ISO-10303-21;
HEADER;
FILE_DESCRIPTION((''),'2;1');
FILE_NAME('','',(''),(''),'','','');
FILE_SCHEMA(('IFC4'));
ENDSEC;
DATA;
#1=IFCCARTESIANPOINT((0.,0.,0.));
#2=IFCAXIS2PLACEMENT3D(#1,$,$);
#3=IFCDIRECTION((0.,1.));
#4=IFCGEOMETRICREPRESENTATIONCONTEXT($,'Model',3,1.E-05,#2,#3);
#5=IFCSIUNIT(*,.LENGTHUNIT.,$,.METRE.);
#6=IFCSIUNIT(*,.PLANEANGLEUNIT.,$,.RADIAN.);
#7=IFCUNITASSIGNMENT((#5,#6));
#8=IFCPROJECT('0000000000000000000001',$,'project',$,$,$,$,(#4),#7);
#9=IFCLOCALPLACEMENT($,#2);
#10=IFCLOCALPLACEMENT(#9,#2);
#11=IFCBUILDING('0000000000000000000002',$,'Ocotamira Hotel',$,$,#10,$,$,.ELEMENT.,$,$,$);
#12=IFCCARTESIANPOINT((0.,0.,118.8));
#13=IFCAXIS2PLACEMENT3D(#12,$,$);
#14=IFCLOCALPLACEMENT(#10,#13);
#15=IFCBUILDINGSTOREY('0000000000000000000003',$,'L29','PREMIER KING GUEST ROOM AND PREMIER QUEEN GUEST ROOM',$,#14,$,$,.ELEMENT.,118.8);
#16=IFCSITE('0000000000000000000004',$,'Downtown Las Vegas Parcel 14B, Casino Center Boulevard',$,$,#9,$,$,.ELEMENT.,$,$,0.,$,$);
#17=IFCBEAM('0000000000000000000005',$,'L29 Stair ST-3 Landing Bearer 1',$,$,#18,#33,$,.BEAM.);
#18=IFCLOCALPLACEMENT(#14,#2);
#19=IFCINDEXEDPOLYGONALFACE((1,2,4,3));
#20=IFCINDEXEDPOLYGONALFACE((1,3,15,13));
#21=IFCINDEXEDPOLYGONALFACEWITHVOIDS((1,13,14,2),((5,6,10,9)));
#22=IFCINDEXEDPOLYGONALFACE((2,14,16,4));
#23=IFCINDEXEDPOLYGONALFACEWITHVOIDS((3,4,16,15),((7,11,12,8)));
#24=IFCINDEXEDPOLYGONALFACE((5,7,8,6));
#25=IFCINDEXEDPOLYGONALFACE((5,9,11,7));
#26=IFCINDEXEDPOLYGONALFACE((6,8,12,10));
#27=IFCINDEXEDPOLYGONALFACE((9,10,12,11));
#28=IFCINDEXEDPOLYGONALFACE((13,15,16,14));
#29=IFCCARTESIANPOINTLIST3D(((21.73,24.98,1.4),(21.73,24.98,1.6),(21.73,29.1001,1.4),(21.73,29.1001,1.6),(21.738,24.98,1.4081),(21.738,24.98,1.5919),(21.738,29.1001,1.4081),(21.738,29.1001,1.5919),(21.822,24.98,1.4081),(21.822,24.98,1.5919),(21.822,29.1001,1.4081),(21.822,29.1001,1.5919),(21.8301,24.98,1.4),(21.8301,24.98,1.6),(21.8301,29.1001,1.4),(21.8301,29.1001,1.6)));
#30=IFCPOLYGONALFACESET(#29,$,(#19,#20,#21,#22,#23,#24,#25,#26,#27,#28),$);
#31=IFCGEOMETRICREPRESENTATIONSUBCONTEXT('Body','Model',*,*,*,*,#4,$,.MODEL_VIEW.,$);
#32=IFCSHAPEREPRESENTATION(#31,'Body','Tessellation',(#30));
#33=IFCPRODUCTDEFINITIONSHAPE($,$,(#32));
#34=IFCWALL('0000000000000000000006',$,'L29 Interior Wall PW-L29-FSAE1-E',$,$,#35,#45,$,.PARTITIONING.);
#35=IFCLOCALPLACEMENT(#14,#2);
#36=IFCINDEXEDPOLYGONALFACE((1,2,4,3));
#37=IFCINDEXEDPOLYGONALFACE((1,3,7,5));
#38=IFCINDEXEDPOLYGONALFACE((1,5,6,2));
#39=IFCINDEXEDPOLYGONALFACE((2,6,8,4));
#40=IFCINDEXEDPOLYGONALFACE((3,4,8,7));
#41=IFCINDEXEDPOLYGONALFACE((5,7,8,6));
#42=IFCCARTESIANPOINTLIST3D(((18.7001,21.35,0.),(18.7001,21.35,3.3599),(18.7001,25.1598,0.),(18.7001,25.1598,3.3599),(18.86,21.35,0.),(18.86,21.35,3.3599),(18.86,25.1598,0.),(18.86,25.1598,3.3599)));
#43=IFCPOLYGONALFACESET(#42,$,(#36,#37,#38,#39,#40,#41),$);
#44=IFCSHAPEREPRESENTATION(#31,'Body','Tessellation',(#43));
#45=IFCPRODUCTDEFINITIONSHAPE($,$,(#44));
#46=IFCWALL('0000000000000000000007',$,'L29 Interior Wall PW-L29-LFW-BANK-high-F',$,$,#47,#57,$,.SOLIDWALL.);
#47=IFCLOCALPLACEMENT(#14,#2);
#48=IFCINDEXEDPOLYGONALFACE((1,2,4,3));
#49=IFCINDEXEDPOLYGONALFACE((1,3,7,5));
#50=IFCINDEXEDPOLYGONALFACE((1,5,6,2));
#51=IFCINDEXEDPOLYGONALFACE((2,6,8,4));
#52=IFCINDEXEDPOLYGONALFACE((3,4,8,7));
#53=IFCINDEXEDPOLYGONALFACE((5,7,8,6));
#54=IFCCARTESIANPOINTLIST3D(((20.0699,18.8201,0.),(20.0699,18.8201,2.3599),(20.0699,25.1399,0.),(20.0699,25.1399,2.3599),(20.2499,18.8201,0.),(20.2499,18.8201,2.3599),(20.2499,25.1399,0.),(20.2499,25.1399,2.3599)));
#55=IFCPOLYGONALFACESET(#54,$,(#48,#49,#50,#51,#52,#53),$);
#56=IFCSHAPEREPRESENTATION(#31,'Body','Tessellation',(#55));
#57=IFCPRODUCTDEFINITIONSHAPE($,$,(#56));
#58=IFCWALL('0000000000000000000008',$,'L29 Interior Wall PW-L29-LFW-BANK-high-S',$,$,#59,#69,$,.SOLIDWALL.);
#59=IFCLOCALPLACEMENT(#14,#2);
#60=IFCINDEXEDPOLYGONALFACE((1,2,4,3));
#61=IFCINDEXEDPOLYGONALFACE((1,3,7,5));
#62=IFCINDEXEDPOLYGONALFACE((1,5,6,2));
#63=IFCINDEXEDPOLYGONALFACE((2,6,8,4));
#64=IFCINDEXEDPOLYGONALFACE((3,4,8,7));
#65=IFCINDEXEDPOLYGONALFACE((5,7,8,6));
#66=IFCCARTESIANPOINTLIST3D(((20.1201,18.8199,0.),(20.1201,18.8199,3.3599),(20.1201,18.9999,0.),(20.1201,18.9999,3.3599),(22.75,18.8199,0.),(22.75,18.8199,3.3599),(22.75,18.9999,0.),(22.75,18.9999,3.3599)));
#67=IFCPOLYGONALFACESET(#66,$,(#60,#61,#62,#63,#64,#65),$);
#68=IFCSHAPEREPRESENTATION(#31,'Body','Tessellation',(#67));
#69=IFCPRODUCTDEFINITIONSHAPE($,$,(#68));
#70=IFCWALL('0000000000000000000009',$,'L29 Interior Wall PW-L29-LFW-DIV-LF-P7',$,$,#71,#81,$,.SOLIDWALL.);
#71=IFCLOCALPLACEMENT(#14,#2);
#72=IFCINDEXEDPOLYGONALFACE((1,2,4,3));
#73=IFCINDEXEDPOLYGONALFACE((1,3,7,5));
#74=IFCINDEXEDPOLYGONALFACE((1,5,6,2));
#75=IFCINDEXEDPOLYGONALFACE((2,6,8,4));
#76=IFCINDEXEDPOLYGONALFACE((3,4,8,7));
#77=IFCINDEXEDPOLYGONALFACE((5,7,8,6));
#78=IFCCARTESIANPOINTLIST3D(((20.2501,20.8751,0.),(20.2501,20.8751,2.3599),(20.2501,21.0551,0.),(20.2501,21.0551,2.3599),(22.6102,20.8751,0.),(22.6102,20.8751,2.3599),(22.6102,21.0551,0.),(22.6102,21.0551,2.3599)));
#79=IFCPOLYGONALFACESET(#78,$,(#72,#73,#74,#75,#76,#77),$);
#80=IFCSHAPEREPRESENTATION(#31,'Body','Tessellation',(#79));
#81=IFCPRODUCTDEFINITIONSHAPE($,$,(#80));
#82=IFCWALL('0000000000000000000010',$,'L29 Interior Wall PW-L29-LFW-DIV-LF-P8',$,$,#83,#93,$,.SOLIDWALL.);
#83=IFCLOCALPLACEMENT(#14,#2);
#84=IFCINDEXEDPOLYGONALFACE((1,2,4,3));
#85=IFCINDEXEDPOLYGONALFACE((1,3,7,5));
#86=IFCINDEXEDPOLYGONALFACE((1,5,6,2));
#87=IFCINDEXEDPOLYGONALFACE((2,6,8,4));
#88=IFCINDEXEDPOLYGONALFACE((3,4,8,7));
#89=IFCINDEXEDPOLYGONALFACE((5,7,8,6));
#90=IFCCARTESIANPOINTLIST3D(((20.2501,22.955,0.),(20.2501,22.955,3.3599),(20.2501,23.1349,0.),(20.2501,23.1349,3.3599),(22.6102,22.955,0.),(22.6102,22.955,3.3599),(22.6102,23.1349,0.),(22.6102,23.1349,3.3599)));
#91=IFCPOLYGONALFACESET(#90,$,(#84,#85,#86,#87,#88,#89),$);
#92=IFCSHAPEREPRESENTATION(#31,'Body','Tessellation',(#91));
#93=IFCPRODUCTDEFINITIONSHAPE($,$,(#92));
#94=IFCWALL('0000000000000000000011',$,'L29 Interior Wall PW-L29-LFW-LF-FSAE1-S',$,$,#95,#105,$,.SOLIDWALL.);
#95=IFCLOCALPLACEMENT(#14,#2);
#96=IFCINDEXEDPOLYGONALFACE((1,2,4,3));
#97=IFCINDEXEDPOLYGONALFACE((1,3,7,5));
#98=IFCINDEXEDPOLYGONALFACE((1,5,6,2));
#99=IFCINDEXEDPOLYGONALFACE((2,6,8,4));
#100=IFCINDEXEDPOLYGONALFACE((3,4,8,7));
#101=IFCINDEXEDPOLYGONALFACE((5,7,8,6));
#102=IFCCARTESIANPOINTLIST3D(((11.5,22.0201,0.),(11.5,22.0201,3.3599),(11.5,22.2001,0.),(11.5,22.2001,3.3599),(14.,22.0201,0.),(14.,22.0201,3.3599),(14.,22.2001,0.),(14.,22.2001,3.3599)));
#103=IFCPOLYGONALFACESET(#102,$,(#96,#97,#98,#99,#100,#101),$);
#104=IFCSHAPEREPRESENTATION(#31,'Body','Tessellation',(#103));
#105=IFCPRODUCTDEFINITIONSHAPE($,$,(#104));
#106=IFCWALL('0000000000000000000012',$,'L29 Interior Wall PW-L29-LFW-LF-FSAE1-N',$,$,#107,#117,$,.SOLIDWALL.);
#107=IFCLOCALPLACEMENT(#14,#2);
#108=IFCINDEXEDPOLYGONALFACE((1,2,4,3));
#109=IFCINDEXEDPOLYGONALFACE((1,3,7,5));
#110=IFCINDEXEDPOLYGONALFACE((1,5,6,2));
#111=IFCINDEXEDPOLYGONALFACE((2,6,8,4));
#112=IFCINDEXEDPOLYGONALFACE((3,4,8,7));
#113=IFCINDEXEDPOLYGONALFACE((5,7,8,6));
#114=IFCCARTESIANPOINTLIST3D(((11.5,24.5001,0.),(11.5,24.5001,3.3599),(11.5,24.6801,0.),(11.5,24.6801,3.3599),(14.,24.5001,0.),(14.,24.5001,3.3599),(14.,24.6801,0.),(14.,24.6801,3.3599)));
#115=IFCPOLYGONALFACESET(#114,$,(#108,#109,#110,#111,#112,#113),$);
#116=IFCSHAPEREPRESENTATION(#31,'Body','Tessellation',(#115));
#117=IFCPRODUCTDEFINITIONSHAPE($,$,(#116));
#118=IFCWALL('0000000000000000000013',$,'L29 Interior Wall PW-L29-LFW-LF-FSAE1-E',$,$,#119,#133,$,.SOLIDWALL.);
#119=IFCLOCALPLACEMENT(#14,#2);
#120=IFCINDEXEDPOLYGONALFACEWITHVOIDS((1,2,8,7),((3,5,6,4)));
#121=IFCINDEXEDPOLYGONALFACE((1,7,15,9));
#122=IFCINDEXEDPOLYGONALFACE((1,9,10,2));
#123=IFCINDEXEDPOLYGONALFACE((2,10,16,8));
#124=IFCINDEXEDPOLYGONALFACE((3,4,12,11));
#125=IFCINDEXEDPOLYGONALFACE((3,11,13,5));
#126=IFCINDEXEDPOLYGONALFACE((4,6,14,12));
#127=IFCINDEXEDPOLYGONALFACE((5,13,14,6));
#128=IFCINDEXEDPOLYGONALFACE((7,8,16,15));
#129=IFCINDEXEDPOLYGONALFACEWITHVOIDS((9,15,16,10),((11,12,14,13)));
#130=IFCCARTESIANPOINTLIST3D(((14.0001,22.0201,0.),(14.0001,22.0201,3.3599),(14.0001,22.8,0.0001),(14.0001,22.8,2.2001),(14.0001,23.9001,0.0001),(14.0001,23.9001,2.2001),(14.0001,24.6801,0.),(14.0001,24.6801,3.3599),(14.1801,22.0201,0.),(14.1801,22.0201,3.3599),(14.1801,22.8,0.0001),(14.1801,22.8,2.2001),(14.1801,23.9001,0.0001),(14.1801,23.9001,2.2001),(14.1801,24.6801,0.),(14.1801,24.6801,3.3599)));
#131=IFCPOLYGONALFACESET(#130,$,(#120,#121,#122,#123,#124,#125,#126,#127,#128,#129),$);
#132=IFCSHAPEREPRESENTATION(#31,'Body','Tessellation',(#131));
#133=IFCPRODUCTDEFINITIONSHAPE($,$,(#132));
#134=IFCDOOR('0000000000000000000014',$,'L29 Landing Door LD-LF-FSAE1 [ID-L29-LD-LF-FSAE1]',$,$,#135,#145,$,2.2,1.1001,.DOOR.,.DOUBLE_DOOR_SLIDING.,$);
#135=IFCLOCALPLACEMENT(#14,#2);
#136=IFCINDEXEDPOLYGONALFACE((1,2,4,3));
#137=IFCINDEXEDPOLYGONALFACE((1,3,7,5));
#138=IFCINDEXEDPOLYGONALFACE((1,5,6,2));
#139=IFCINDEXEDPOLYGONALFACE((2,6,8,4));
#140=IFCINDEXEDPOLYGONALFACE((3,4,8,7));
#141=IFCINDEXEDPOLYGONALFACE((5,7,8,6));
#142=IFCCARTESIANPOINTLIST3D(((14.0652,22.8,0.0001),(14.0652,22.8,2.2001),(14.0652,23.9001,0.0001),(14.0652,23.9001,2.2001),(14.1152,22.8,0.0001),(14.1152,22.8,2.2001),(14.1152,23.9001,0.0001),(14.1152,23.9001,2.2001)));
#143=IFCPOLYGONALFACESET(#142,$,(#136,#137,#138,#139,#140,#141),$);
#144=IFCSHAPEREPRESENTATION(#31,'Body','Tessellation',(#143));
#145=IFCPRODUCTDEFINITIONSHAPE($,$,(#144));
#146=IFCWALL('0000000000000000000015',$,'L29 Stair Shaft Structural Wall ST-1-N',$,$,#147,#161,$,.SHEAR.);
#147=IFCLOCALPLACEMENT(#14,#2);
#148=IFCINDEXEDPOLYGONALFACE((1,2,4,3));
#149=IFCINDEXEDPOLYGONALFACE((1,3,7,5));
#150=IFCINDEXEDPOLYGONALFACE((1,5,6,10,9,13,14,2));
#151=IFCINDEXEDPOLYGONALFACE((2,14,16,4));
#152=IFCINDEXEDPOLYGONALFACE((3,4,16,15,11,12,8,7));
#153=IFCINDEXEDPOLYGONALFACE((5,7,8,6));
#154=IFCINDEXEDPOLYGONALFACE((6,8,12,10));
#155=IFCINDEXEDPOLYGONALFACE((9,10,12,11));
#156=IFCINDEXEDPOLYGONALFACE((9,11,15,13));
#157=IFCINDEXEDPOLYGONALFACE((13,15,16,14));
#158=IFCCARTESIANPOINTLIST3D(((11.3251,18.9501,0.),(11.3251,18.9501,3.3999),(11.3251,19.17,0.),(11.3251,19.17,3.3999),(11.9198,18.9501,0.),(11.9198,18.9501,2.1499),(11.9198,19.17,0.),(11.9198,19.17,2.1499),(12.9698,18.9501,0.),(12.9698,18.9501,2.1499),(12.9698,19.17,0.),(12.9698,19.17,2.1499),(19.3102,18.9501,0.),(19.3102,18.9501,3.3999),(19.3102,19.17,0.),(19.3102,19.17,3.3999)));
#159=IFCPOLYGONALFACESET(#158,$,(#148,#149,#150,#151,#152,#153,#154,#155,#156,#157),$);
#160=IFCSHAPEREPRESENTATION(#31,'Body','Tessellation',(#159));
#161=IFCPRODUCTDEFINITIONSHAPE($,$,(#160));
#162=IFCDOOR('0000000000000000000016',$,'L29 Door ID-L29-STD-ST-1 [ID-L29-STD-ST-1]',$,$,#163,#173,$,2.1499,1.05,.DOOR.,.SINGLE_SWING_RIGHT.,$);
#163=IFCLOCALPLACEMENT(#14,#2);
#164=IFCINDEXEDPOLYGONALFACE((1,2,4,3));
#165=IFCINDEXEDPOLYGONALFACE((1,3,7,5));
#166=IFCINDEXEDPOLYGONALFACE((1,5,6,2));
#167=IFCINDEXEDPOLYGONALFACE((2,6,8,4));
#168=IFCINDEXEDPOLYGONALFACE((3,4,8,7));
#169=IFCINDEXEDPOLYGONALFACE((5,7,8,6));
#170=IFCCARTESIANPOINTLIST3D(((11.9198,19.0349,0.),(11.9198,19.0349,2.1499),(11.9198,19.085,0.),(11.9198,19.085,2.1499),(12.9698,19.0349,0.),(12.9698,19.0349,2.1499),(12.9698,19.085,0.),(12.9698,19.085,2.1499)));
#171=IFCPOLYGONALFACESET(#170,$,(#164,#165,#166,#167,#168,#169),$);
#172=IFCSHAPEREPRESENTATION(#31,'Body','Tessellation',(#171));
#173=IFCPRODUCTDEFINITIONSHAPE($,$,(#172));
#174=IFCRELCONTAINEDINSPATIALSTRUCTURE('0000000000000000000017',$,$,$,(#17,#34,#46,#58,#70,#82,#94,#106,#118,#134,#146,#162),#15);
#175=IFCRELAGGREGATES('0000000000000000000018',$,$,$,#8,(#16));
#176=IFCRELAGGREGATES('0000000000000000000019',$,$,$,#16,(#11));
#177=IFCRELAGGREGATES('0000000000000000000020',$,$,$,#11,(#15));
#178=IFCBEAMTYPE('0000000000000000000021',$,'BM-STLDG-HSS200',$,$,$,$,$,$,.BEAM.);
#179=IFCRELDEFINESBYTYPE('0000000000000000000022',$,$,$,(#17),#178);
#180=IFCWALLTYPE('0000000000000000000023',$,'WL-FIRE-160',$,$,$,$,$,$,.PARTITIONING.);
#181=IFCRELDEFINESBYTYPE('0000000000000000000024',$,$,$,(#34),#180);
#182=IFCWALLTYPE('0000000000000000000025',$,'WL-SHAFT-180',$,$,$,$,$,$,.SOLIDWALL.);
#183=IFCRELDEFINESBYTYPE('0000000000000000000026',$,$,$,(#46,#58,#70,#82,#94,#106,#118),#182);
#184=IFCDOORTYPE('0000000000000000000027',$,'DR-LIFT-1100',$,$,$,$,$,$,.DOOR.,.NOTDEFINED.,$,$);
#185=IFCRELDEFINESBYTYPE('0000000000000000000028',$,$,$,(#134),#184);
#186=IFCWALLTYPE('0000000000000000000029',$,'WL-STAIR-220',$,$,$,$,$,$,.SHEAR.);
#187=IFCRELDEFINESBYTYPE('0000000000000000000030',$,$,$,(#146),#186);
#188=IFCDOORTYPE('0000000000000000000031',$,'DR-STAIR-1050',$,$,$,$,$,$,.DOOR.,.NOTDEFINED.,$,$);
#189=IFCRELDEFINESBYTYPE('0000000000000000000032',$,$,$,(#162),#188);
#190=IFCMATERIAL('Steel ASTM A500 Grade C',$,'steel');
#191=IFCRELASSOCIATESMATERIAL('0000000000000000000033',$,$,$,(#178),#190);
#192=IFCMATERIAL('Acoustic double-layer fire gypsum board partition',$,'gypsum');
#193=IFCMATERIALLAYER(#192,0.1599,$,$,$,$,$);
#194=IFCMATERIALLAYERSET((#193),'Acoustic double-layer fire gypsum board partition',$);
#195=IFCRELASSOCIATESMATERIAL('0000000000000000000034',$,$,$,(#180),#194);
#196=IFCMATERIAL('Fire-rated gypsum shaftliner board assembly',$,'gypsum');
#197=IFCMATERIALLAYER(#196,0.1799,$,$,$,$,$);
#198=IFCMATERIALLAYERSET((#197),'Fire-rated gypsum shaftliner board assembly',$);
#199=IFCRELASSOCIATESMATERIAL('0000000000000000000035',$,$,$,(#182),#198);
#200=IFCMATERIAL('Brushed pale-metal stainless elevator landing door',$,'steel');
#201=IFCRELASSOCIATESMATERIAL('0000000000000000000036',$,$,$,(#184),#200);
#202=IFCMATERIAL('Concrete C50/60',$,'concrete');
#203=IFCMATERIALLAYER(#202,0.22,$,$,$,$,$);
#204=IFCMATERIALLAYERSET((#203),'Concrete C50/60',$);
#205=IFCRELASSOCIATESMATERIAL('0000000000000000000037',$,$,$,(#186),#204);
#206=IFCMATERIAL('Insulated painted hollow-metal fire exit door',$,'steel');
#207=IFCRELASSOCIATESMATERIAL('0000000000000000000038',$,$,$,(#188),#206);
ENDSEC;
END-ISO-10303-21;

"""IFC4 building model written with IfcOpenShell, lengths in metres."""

from ifc_helpers import new_model, si_unit, direction, frame, frame_2d, origin, origin_2d, place, context, subcontext, project, spatial, rectangle, hollow_rectangle, extrude, source, transform, mapped, material, layer, layer_set, material_profile, profile_set, type_object, element, fill, save


model = new_model("IFC4")

# Units and contexts
model_context = context("Model", 3, precision=1e-05, world=origin(), true_north=direction((0.0, 1.0)))
body_context = subcontext(model_context, "Body", "Model", "MODEL_VIEW")
ifc_project = project(units=[si_unit("LENGTHUNIT", "METRE"), si_unit("PLANEANGLEUNIT", "RADIAN")], contexts=[model_context])

# Site, building, storey
site_placement = place(None, origin())
site = spatial("IfcSite", under=ifc_project, at=site_placement, Name="Downtown Las Vegas Parcel 14B, Casino Center Boulevard", CompositionType="ELEMENT", RefElevation=0.0)
building_placement = place(site_placement, origin())
building = spatial("IfcBuilding", under=site, at=building_placement, Name="Ocotamira Hotel", CompositionType="ELEMENT")
storey_placement = place(building_placement, frame((0.0, 0.0, 118.8)))
storey = spatial("IfcBuildingStorey", under=building, at=storey_placement, Name="L29", Description="PREMIER KING GUEST ROOM AND PREMIER QUEEN GUEST ROOM", CompositionType="ELEMENT", Elevation=118.8)

# Beam
ifc_material_1 = material(Name="Steel ASTM A500 Grade C", Category="steel")
ifc_material_profile = material_profile(ifc_material_1, hollow_rectangle(XDim=0.1001, YDim=0.2, WallThickness=0.0081, at=origin_2d()), Name="HSS200X100X8")
ifc_profile_set = profile_set([ifc_material_profile], Name="Steel ASTM A500 Grade C")
beam_type = type_object("IfcBeamType", Name="BM-STLDG-HSS200", PredefinedType="BEAM", material=ifc_profile_set)
shared_shape_1 = source(origin(), body_context, "Body", "SweptSolid", [
    extrude(hollow_rectangle(XDim=0.1001, YDim=0.2, WallThickness=0.0081, at=origin_2d()), origin(), (0.0, 0.0, 1.0), 4.1201),
])
beam_placement = place(storey_placement, frame((21.78, 24.98, 1.5), z_axis=(0.0, 1.0, 0.0), x_axis=(-1.0, 0.0, 0.0)))
element("IfcBeam", 1, at=beam_placement, inside=storey, type_object=beam_type, Name="L29 Stair ST-3 Landing Bearer 1", PredefinedType="BEAM", context=body_context, shape_type="MappedRepresentation", body=[
    mapped(shared_shape_1, transform((0.0, 0.0, 0.0), scale=1.0)),
])

# Shared definitions
ifc_material_2 = material(Name="Acoustic double-layer fire gypsum board partition", Category="gypsum")
ifc_layer_1 = layer(ifc_material_2, 0.1599)
ifc_layer_set_1 = layer_set([ifc_layer_1], Name="Acoustic double-layer fire gypsum board partition")
wall_type_1 = type_object("IfcWallType", Name="WL-FIRE-160", PredefinedType="PARTITIONING", material=ifc_layer_set_1)

# Walls
wall_1_placement = place(storey_placement, frame((18.78, 21.3501, 0.0), z_axis=(0.0, 0.0, 1.0), x_axis=(0.0, 1.0, 0.0)))
element("IfcWall", 2, at=wall_1_placement, inside=storey, type_object=wall_type_1, Name="L29 Interior Wall PW-L29-FSAE1-E", PredefinedType="PARTITIONING", context=body_context, shape_type="SweptSolid", body=[
    extrude(rectangle(XDim=3.8098, YDim=0.1599, at=frame_2d((1.9048, 0.0))), origin(), (0.0, 0.0, 1.0), 3.3599),
])
ifc_material_3 = material(Name="Fire-rated gypsum shaftliner board assembly", Category="gypsum")
ifc_layer_2 = layer(ifc_material_3, 0.1799)
ifc_layer_set_2 = layer_set([ifc_layer_2], Name="Fire-rated gypsum shaftliner board assembly")
wall_type_2 = type_object("IfcWallType", Name="WL-SHAFT-180", PredefinedType="SOLIDWALL", material=ifc_layer_set_2)
wall_2_placement = place(storey_placement, frame((20.1599, 18.8201, 0.0), z_axis=(0.0, 0.0, 1.0), x_axis=(0.0, 1.0, 0.0)))
element("IfcWall", 3, at=wall_2_placement, inside=storey, type_object=wall_type_2, Name="L29 Interior Wall PW-L29-LFW-BANK-high-F", PredefinedType="SOLIDWALL", context=body_context, shape_type="SweptSolid", body=[
    extrude(rectangle(XDim=6.3198, YDim=0.1799, at=frame_2d((3.1599, 0.0))), origin(), (0.0, 0.0, 1.0), 2.3599),
])
wall_3_placement = place(storey_placement, frame((20.1201, 18.9099, 0.0), z_axis=(0.0, 0.0, 1.0), x_axis=(1.0, 0.0, 0.0)))
element("IfcWall", 4, at=wall_3_placement, inside=storey, type_object=wall_type_2, Name="L29 Interior Wall PW-L29-LFW-BANK-high-S", PredefinedType="SOLIDWALL", context=body_context, shape_type="SweptSolid", body=[
    extrude(rectangle(XDim=2.6299, YDim=0.1799, at=frame_2d((1.3149, 0.0))), origin(), (0.0, 0.0, 1.0), 3.3599),
])
wall_4_placement = place(storey_placement, frame((20.25, 20.9651, 0.0), z_axis=(0.0, 0.0, 1.0), x_axis=(1.0, 0.0, 0.0)))
element("IfcWall", 5, at=wall_4_placement, inside=storey, type_object=wall_type_2, Name="L29 Interior Wall PW-L29-LFW-DIV-LF-P7", PredefinedType="SOLIDWALL", context=body_context, shape_type="SweptSolid", body=[
    extrude(rectangle(XDim=2.3601, YDim=0.1799, at=frame_2d((1.1802, 0.0))), origin(), (0.0, 0.0, 1.0), 2.3599),
])
wall_5_placement = place(storey_placement, frame((20.25, 23.0449, 0.0), z_axis=(0.0, 0.0, 1.0), x_axis=(1.0, 0.0, 0.0)))
element("IfcWall", 6, at=wall_5_placement, inside=storey, type_object=wall_type_2, Name="L29 Interior Wall PW-L29-LFW-DIV-LF-P8", PredefinedType="SOLIDWALL", context=body_context, shape_type="SweptSolid", body=[
    extrude(rectangle(XDim=2.3601, YDim=0.1799, at=frame_2d((1.1802, 0.0))), origin(), (0.0, 0.0, 1.0), 3.3599),
])
for number, where, z_axis, x_axis, name in (
    (7, (11.5, 22.1101, 0.0), (0.0, 0.0, 1.0), (1.0, 0.0, 0.0), "L29 Interior Wall PW-L29-LFW-LF-FSAE1-S"),
    (8, (11.5, 24.5901, 0.0), (0.0, 0.0, 1.0), (1.0, 0.0, 0.0), "L29 Interior Wall PW-L29-LFW-LF-FSAE1-N"),
):
    element("IfcWall", number, at=place(storey_placement, frame(where, z_axis=z_axis, x_axis=x_axis)), inside=storey, type_object=wall_type_2, Name=name, PredefinedType="SOLIDWALL", context=body_context, shape_type="SweptSolid", body=[
        extrude(rectangle(XDim=2.5, YDim=0.1799, at=frame_2d((1.25, 0.0))), origin(), (0.0, 0.0, 1.0), 3.3599),
    ])

# Walls, openings, doors
wall_6_placement = place(storey_placement, frame((14.0901, 22.02, 0.0), z_axis=(0.0, 0.0, 1.0), x_axis=(0.0, 1.0, 0.0)))
wall_6 = element("IfcWall", 9, at=wall_6_placement, inside=storey, type_object=wall_type_2, Name="L29 Interior Wall PW-L29-LFW-LF-FSAE1-E", PredefinedType="SOLIDWALL", context=body_context, shape_type="SweptSolid", body=[
    extrude(rectangle(XDim=2.6599, YDim=0.1799, at=frame_2d((1.3301, 0.0))), origin(), (0.0, 0.0, 1.0), 3.3599),
])
opening_1_placement = place(wall_6_placement, frame((0.78, 0.0, 0.0)))
opening_1 = element("IfcOpeningElement", 10, at=opening_1_placement, cuts=wall_6, PredefinedType="OPENING", context=body_context, shape_type="SweptSolid", body=[
    extrude(rectangle(XDim=1.1001, YDim=2.2, at=frame_2d((0.55, 1.1001))), frame((0.0, 0.1001, 0.0), z_axis=(0.0, -1.0, 0.0), x_axis=(1.0, 0.0, 0.0)), (0.0, 0.0, 1.0), 0.2),
])
ifc_material_4 = material(Name="Brushed pale-metal stainless elevator landing door", Category="steel")
door_type_1 = type_object("IfcDoorType", Name="DR-LIFT-1100", OperationType="NOTDEFINED", PredefinedType="DOOR", material=ifc_material_4)
shared_shape_2 = source(origin(), body_context, "Body", "SweptSolid", [
    extrude(rectangle(XDim=1.1001, YDim=2.2, at=frame_2d((0.55, 1.1001))), frame((0.0, 0.0249, 0.0), z_axis=(0.0, -1.0, 0.0), x_axis=(1.0, 0.0, 0.0)), (0.0, 0.0, 1.0), 0.05),
])
door_1_placement = place(opening_1_placement, origin())
door_1 = element("IfcDoor", 11, at=door_1_placement, inside=storey, type_object=door_type_1, Name="L29 Landing Door LD-LF-FSAE1 [ID-L29-LD-LF-FSAE1]", OperationType="DOUBLE_DOOR_SLIDING", OverallHeight=2.2, OverallWidth=1.1001, PredefinedType="DOOR", context=body_context, shape_type="MappedRepresentation", body=[
    mapped(shared_shape_2, transform((0.0, 0.0, 0.0), scale=1.0)),
])
fill(opening_1, door_1)
ifc_material_5 = material(Name="Concrete C50/60", Category="concrete")
ifc_layer_3 = layer(ifc_material_5, 0.22)
ifc_layer_set_3 = layer_set([ifc_layer_3], Name="Concrete C50/60")
wall_type_3 = type_object("IfcWallType", Name="WL-STAIR-220", PredefinedType="SHEAR", material=ifc_layer_set_3)
wall_7_placement = place(storey_placement, frame((11.325, 19.0601, 0.0), z_axis=(0.0, 0.0, 1.0), x_axis=(1.0, 0.0, 0.0)))
wall_7 = element("IfcWall", 12, at=wall_7_placement, inside=storey, type_object=wall_type_3, Name="L29 Stair Shaft Structural Wall ST-1-N", PredefinedType="SHEAR", context=body_context, shape_type="SweptSolid", body=[
    extrude(rectangle(XDim=7.9851, YDim=0.22, at=frame_2d((3.9927, 0.0))), origin(), (0.0, 0.0, 1.0), 3.3999),
])
opening_2_placement = place(wall_7_placement, frame((0.595, 0.0, 0.0)))
opening_2 = element("IfcOpeningElement", 13, at=opening_2_placement, cuts=wall_7, PredefinedType="OPENING", context=body_context, shape_type="SweptSolid", body=[
    extrude(rectangle(XDim=1.05, YDim=2.1499, at=frame_2d((0.5249, 1.075))), frame((0.0, 0.1201, 0.0), z_axis=(0.0, -1.0, 0.0), x_axis=(1.0, 0.0, 0.0)), (0.0, 0.0, 1.0), 0.24),
])
ifc_material_6 = material(Name="Insulated painted hollow-metal fire exit door", Category="steel")
door_type_2 = type_object("IfcDoorType", Name="DR-STAIR-1050", OperationType="NOTDEFINED", PredefinedType="DOOR", material=ifc_material_6)
shared_shape_3 = source(origin(), body_context, "Body", "SweptSolid", [
    extrude(rectangle(XDim=1.05, YDim=2.1499, at=frame_2d((0.5249, 1.075))), frame((0.0, 0.0249, 0.0), z_axis=(0.0, -1.0, 0.0), x_axis=(1.0, 0.0, 0.0)), (0.0, 0.0, 1.0), 0.05),
])
door_2_placement = place(opening_2_placement, origin())
door_2 = element("IfcDoor", 14, at=door_2_placement, inside=storey, type_object=door_type_2, Name="L29 Door ID-L29-STD-ST-1 [ID-L29-STD-ST-1]", OperationType="SINGLE_SWING_RIGHT", OverallHeight=2.1499, OverallWidth=1.05, PredefinedType="DOOR", context=body_context, shape_type="MappedRepresentation", body=[
    mapped(shared_shape_3, transform((0.0, 0.0, 0.0), scale=1.0)),
])
fill(opening_2, door_2)

save(model, "model.ifc")
